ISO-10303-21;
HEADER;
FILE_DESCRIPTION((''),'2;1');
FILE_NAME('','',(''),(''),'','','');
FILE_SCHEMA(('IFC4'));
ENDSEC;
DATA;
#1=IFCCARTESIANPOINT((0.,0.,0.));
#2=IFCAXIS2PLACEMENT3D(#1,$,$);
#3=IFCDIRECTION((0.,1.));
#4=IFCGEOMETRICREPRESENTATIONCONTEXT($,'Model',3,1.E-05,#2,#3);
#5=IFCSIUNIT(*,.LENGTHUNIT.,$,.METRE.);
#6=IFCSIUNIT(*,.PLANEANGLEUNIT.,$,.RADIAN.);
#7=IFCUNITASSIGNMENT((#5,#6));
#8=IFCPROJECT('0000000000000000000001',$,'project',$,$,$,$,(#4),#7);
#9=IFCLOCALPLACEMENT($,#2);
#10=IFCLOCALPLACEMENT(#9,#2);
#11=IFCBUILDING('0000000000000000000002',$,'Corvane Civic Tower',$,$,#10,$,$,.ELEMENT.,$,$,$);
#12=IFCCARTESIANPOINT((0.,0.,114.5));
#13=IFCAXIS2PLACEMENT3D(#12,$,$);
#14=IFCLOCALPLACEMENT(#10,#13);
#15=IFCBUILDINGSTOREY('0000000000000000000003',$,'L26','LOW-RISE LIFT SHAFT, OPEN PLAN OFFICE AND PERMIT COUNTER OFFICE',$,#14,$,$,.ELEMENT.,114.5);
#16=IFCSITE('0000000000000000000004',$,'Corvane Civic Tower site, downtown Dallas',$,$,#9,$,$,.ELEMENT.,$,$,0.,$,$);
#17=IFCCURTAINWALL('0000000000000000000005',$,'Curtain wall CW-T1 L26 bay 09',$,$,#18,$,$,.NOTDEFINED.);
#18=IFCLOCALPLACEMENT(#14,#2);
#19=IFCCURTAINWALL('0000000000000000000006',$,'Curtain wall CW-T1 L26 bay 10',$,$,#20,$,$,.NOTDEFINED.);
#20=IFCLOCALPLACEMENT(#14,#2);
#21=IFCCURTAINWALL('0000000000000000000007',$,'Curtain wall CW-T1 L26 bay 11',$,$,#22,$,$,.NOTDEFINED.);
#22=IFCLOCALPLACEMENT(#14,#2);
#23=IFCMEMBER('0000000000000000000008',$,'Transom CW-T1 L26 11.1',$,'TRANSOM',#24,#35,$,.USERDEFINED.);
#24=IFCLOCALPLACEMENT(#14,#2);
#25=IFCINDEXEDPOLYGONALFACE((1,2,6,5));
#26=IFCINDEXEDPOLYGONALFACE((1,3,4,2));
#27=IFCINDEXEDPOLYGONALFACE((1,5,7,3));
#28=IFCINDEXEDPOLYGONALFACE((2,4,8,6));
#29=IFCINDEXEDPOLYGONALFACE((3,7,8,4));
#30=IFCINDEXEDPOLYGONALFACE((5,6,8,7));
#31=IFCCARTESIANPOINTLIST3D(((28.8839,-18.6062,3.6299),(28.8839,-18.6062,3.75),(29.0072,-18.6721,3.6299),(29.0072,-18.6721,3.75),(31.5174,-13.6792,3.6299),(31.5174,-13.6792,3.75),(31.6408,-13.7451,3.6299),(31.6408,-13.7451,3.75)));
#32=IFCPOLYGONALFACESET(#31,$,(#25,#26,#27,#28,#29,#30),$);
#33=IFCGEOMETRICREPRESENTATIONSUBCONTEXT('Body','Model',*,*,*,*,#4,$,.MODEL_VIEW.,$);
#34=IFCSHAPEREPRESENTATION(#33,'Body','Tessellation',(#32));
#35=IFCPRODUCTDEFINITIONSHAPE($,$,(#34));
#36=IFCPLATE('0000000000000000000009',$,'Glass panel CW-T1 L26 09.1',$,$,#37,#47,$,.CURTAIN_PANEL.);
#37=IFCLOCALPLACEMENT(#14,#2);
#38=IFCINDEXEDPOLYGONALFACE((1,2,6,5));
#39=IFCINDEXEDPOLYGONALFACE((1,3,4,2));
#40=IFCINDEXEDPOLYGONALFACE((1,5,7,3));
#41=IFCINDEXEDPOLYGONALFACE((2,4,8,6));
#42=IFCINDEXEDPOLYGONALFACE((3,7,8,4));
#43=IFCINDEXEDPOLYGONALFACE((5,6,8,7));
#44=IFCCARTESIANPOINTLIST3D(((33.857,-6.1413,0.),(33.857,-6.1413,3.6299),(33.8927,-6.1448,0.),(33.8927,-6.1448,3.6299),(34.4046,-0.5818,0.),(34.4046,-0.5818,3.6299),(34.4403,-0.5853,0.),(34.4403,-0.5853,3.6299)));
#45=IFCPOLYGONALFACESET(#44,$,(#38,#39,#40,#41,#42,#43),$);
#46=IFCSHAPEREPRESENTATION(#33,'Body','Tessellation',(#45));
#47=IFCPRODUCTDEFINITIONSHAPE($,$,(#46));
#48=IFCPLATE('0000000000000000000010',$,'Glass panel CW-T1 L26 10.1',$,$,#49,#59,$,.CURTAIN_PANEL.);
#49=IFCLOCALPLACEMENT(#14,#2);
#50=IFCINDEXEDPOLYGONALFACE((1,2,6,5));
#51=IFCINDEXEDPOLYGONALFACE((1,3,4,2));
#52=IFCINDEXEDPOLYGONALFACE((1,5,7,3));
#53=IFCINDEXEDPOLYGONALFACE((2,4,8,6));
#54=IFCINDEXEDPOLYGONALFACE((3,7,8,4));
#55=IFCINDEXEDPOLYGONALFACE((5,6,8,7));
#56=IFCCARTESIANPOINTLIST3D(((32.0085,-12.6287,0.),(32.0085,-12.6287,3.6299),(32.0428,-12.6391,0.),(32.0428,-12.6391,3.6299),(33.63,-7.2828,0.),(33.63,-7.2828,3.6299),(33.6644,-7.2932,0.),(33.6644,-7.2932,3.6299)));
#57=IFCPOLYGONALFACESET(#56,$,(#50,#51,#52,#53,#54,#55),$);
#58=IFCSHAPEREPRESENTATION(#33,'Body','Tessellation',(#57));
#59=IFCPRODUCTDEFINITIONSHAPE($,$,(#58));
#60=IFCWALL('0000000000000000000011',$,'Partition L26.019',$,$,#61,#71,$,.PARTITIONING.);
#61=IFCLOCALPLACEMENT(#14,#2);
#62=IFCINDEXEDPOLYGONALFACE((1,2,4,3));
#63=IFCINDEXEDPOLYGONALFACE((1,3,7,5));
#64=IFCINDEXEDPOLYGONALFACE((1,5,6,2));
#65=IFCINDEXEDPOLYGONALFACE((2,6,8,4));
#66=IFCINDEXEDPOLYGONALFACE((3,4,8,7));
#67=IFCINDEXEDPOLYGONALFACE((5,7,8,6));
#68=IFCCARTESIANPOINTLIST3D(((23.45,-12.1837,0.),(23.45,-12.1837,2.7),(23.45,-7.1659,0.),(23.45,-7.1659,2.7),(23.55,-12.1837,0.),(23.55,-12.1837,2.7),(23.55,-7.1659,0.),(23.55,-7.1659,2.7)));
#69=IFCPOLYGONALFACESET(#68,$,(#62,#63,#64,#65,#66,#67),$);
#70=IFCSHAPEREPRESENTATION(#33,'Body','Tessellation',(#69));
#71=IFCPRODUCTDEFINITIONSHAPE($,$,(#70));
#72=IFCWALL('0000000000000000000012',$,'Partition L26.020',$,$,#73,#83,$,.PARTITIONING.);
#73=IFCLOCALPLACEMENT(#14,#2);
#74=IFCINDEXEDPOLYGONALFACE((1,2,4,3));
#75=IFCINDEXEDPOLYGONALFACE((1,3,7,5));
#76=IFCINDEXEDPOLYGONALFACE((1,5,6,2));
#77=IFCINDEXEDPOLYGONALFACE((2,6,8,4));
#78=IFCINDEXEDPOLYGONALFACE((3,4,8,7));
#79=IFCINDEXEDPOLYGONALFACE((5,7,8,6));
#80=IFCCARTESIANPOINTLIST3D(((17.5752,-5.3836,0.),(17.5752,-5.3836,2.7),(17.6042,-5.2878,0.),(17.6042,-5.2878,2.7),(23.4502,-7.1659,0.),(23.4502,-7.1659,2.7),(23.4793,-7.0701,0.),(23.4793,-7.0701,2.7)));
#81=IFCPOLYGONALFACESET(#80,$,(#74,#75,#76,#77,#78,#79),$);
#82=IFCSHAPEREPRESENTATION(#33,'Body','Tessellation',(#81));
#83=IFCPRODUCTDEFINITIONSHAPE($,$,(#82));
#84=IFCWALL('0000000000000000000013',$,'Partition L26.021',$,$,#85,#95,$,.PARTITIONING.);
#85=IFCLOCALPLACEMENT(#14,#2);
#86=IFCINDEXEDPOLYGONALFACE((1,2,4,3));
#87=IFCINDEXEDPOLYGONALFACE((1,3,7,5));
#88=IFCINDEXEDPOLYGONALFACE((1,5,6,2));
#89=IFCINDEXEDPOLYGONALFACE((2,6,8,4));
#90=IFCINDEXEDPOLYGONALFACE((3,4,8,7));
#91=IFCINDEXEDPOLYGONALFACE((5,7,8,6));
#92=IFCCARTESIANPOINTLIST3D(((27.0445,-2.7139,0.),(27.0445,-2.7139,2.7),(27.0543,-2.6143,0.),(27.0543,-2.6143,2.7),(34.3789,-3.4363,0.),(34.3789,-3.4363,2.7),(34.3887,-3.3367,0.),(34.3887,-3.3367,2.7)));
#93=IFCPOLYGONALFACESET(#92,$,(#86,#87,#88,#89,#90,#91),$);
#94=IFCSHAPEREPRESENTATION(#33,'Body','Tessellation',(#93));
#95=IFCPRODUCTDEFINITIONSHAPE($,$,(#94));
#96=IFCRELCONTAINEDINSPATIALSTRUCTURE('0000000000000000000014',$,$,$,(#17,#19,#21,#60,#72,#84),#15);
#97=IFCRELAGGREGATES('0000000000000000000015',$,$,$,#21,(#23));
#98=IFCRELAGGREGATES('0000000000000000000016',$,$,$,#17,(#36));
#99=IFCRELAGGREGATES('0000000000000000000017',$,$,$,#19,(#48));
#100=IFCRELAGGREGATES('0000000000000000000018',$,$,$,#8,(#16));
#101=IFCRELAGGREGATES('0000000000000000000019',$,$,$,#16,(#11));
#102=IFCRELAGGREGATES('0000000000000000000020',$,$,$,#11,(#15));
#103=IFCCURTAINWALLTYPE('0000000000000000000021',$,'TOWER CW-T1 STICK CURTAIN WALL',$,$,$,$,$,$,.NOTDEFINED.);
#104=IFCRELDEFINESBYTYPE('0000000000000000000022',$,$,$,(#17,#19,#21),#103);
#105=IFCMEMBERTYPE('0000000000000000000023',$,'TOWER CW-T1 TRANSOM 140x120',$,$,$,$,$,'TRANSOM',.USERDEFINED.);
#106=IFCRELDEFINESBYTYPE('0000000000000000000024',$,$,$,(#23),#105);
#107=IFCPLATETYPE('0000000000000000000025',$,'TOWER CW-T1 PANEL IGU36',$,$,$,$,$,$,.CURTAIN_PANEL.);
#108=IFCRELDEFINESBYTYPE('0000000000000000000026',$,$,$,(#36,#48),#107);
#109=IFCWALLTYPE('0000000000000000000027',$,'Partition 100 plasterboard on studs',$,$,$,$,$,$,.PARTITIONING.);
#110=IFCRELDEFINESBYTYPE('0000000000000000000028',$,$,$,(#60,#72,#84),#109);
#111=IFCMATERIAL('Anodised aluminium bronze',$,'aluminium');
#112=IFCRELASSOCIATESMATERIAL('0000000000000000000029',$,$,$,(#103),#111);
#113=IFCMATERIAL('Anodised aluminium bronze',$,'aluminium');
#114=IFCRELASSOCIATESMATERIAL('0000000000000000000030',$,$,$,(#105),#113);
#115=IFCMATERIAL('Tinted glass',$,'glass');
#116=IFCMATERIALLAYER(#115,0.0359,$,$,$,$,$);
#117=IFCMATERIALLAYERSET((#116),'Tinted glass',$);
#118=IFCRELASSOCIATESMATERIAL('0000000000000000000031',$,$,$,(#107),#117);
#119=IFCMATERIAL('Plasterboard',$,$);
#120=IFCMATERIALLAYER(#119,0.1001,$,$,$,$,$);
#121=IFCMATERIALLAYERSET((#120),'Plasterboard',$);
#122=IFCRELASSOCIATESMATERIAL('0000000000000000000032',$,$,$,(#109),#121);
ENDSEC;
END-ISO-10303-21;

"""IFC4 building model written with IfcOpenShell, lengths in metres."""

from ifc_helpers import new_model, si_unit, direction, frame, frame_2d, origin, origin_2d, place, context, subcontext, project, spatial, rectangle, extrude, material, layer, layer_set, material_profile, profile_set, type_object, element, aggregate, save


model = new_model("IFC4")

# Units and contexts
model_context = context("Model", 3, precision=1e-05, world=origin(), true_north=direction((0.0, 1.0)))
body_context = subcontext(model_context, "Body", "Model", "MODEL_VIEW")
ifc_project = project(units=[si_unit("LENGTHUNIT", "METRE"), si_unit("PLANEANGLEUNIT", "RADIAN")], contexts=[model_context])

# Site, building, storey
site_placement = place(None, origin())
site = spatial("IfcSite", under=ifc_project, at=site_placement, Name="Corvane Civic Tower site, downtown Dallas", CompositionType="ELEMENT", RefElevation=0.0)
building_placement = place(site_placement, origin())
building = spatial("IfcBuilding", under=site, at=building_placement, Name="Corvane Civic Tower", CompositionType="ELEMENT")
storey_placement = place(building_placement, frame((0.0, 0.0, 114.5)))
storey = spatial("IfcBuildingStorey", under=building, at=storey_placement, Name="L26", Description="LOW-RISE LIFT SHAFT, OPEN PLAN OFFICE AND PERMIT COUNTER OFFICE", CompositionType="ELEMENT", Elevation=114.5)

# Curtain walls, member
ifc_material_1 = material(Name="Anodised aluminium bronze", Category="aluminium")
curtain_wall_type = type_object("IfcCurtainWallType", Name="TOWER CW-T1 STICK CURTAIN WALL", PredefinedType="NOTDEFINED", material=ifc_material_1)
curtain_wall_1_placement = place(storey_placement, origin())
curtain_wall_1 = element("IfcCurtainWall", 1, at=curtain_wall_1_placement, inside=storey, type_object=curtain_wall_type, Name="Curtain wall CW-T1 L26 bay 09", PredefinedType="NOTDEFINED")
ifc_material_2 = material(Name="Anodised aluminium bronze", Category="aluminium")
ifc_material_profile_1 = material_profile(ifc_material_2, rectangle(XDim=0.1399, YDim=0.1201, at=origin_2d()), Name="TOWER CW-T1 TRANSOM 140x120")
ifc_profile_set_1 = profile_set([ifc_material_profile_1], Name="Anodised aluminium bronze")
member_type = type_object("IfcMemberType", Name="TOWER CW-T1 TRANSOM 140x120", ElementType="TRANSOM", PredefinedType="USERDEFINED", material=ifc_profile_set_1)
curtain_wall_2_placement = place(storey_placement, origin())
curtain_wall_2 = element("IfcCurtainWall", 2, at=curtain_wall_2_placement, inside=storey, type_object=curtain_wall_type, Name="Curtain wall CW-T1 L26 bay 10", PredefinedType="NOTDEFINED")
curtain_wall_3_placement = place(storey_placement, origin())
curtain_wall_3 = element("IfcCurtainWall", 3, at=curtain_wall_3_placement, inside=storey, type_object=curtain_wall_type, Name="Curtain wall CW-T1 L26 bay 11", PredefinedType="NOTDEFINED")
member_1_placement = place(storey_placement, frame((31.5791, -13.7122, 3.6899), z_axis=(-0.471398, -0.881921, 0.0), x_axis=(0.881921, -0.471398, 0.0)))
member_1 = element("IfcMember", 4, at=member_1_placement, type_object=member_type, Name="Transom CW-T1 L26 11.1", ObjectType="TRANSOM", PredefinedType="USERDEFINED", context=body_context, shape_type="SweptSolid", body=[
    extrude(rectangle(XDim=0.1399, YDim=0.1201, at=origin_2d()), origin(), (0.0, 0.0, 1.0), 5.5867),
])
aggregate(curtain_wall_3, [member_1])

# Plates
ifc_material_3 = material(Name="Tinted glass", Category="glass")
ifc_layer_1 = layer(ifc_material_3, 0.0359)
ifc_layer_set_1 = layer_set([ifc_layer_1], Name="Tinted glass")
plate_type = type_object("IfcPlateType", Name="TOWER CW-T1 PANEL IGU36", PredefinedType="CURTAIN_PANEL", material=ifc_layer_set_1)
plate_1_placement = place(storey_placement, frame((34.1487, -3.3633, 0.0), z_axis=(0.0, 0.0, 1.0), x_axis=(-0.098027, -0.995184, 0.0)))
plate_1 = element("IfcPlate", 5, at=plate_1_placement, type_object=plate_type, Name="Glass panel CW-T1 L26 09.1", PredefinedType="CURTAIN_PANEL", context=body_context, shape_type="SweptSolid", body=[
    extrude(rectangle(XDim=5.5864, YDim=0.0359, at=origin_2d()), origin(), (0.0, 0.0, 1.0), 3.6299),
])
aggregate(curtain_wall_1, [plate_1])
plate_2_placement = place(storey_placement, frame((32.8364, -9.9609, 0.0), z_axis=(0.0, 0.0, 1.0), x_axis=(-0.290266, -0.956946, 0.0)))
plate_2 = element("IfcPlate", 6, at=plate_2_placement, type_object=plate_type, Name="Glass panel CW-T1 L26 10.1", PredefinedType="CURTAIN_PANEL", context=body_context, shape_type="SweptSolid", body=[
    extrude(rectangle(XDim=5.5864, YDim=0.0359, at=origin_2d()), origin(), (0.0, 0.0, 1.0), 3.6299),
])
aggregate(curtain_wall_2, [plate_2])

# Walls
ifc_material_4 = material(Name="Plasterboard")
ifc_layer_2 = layer(ifc_material_4, 0.1001)
ifc_layer_set_2 = layer_set([ifc_layer_2], Name="Plasterboard")
wall_type = type_object("IfcWallType", Name="Partition 100 plasterboard on studs", PredefinedType="PARTITIONING", material=ifc_layer_set_2)
wall_1_placement = place(storey_placement, frame((23.5, -12.1836, 0.0), z_axis=(0.0, 0.0, 1.0), x_axis=(0.0, 1.0, 0.0)))
element("IfcWall", 7, at=wall_1_placement, inside=storey, type_object=wall_type, Name="Partition L26.019", PredefinedType="PARTITIONING", context=body_context, shape_type="SweptSolid", body=[
    extrude(rectangle(XDim=5.0178, YDim=0.1001, at=frame_2d((2.5088, 0.0))), origin(), (0.0, 0.0, 1.0), 2.7),
])
wall_2_placement = place(storey_placement, frame((17.5896, -5.3357, 0.0), z_axis=(0.0, 0.0, 1.0), x_axis=(0.956937, -0.290294, 0.0)))
element("IfcWall", 8, at=wall_2_placement, inside=storey, type_object=wall_type, Name="Partition L26.020", PredefinedType="PARTITIONING", context=body_context, shape_type="SweptSolid", body=[
    extrude(rectangle(XDim=6.1394, YDim=0.1001, at=frame_2d((3.0698, 0.0))), origin(), (0.0, 0.0, 1.0), 2.7),
])
wall_3_placement = place(storey_placement, frame((27.0493, -2.6641, 0.0), z_axis=(0.0, 0.0, 1.0), x_axis=(0.995184, -0.098021, 0.0)))
element("IfcWall", 9, at=wall_3_placement, inside=storey, type_object=wall_type, Name="Partition L26.021", PredefinedType="PARTITIONING", context=body_context, shape_type="SweptSolid", body=[
    extrude(rectangle(XDim=7.3699, YDim=0.1001, at=frame_2d((3.6851, 0.0))), origin(), (0.0, 0.0, 1.0), 2.7),
])

save(model, "model.ifc")
